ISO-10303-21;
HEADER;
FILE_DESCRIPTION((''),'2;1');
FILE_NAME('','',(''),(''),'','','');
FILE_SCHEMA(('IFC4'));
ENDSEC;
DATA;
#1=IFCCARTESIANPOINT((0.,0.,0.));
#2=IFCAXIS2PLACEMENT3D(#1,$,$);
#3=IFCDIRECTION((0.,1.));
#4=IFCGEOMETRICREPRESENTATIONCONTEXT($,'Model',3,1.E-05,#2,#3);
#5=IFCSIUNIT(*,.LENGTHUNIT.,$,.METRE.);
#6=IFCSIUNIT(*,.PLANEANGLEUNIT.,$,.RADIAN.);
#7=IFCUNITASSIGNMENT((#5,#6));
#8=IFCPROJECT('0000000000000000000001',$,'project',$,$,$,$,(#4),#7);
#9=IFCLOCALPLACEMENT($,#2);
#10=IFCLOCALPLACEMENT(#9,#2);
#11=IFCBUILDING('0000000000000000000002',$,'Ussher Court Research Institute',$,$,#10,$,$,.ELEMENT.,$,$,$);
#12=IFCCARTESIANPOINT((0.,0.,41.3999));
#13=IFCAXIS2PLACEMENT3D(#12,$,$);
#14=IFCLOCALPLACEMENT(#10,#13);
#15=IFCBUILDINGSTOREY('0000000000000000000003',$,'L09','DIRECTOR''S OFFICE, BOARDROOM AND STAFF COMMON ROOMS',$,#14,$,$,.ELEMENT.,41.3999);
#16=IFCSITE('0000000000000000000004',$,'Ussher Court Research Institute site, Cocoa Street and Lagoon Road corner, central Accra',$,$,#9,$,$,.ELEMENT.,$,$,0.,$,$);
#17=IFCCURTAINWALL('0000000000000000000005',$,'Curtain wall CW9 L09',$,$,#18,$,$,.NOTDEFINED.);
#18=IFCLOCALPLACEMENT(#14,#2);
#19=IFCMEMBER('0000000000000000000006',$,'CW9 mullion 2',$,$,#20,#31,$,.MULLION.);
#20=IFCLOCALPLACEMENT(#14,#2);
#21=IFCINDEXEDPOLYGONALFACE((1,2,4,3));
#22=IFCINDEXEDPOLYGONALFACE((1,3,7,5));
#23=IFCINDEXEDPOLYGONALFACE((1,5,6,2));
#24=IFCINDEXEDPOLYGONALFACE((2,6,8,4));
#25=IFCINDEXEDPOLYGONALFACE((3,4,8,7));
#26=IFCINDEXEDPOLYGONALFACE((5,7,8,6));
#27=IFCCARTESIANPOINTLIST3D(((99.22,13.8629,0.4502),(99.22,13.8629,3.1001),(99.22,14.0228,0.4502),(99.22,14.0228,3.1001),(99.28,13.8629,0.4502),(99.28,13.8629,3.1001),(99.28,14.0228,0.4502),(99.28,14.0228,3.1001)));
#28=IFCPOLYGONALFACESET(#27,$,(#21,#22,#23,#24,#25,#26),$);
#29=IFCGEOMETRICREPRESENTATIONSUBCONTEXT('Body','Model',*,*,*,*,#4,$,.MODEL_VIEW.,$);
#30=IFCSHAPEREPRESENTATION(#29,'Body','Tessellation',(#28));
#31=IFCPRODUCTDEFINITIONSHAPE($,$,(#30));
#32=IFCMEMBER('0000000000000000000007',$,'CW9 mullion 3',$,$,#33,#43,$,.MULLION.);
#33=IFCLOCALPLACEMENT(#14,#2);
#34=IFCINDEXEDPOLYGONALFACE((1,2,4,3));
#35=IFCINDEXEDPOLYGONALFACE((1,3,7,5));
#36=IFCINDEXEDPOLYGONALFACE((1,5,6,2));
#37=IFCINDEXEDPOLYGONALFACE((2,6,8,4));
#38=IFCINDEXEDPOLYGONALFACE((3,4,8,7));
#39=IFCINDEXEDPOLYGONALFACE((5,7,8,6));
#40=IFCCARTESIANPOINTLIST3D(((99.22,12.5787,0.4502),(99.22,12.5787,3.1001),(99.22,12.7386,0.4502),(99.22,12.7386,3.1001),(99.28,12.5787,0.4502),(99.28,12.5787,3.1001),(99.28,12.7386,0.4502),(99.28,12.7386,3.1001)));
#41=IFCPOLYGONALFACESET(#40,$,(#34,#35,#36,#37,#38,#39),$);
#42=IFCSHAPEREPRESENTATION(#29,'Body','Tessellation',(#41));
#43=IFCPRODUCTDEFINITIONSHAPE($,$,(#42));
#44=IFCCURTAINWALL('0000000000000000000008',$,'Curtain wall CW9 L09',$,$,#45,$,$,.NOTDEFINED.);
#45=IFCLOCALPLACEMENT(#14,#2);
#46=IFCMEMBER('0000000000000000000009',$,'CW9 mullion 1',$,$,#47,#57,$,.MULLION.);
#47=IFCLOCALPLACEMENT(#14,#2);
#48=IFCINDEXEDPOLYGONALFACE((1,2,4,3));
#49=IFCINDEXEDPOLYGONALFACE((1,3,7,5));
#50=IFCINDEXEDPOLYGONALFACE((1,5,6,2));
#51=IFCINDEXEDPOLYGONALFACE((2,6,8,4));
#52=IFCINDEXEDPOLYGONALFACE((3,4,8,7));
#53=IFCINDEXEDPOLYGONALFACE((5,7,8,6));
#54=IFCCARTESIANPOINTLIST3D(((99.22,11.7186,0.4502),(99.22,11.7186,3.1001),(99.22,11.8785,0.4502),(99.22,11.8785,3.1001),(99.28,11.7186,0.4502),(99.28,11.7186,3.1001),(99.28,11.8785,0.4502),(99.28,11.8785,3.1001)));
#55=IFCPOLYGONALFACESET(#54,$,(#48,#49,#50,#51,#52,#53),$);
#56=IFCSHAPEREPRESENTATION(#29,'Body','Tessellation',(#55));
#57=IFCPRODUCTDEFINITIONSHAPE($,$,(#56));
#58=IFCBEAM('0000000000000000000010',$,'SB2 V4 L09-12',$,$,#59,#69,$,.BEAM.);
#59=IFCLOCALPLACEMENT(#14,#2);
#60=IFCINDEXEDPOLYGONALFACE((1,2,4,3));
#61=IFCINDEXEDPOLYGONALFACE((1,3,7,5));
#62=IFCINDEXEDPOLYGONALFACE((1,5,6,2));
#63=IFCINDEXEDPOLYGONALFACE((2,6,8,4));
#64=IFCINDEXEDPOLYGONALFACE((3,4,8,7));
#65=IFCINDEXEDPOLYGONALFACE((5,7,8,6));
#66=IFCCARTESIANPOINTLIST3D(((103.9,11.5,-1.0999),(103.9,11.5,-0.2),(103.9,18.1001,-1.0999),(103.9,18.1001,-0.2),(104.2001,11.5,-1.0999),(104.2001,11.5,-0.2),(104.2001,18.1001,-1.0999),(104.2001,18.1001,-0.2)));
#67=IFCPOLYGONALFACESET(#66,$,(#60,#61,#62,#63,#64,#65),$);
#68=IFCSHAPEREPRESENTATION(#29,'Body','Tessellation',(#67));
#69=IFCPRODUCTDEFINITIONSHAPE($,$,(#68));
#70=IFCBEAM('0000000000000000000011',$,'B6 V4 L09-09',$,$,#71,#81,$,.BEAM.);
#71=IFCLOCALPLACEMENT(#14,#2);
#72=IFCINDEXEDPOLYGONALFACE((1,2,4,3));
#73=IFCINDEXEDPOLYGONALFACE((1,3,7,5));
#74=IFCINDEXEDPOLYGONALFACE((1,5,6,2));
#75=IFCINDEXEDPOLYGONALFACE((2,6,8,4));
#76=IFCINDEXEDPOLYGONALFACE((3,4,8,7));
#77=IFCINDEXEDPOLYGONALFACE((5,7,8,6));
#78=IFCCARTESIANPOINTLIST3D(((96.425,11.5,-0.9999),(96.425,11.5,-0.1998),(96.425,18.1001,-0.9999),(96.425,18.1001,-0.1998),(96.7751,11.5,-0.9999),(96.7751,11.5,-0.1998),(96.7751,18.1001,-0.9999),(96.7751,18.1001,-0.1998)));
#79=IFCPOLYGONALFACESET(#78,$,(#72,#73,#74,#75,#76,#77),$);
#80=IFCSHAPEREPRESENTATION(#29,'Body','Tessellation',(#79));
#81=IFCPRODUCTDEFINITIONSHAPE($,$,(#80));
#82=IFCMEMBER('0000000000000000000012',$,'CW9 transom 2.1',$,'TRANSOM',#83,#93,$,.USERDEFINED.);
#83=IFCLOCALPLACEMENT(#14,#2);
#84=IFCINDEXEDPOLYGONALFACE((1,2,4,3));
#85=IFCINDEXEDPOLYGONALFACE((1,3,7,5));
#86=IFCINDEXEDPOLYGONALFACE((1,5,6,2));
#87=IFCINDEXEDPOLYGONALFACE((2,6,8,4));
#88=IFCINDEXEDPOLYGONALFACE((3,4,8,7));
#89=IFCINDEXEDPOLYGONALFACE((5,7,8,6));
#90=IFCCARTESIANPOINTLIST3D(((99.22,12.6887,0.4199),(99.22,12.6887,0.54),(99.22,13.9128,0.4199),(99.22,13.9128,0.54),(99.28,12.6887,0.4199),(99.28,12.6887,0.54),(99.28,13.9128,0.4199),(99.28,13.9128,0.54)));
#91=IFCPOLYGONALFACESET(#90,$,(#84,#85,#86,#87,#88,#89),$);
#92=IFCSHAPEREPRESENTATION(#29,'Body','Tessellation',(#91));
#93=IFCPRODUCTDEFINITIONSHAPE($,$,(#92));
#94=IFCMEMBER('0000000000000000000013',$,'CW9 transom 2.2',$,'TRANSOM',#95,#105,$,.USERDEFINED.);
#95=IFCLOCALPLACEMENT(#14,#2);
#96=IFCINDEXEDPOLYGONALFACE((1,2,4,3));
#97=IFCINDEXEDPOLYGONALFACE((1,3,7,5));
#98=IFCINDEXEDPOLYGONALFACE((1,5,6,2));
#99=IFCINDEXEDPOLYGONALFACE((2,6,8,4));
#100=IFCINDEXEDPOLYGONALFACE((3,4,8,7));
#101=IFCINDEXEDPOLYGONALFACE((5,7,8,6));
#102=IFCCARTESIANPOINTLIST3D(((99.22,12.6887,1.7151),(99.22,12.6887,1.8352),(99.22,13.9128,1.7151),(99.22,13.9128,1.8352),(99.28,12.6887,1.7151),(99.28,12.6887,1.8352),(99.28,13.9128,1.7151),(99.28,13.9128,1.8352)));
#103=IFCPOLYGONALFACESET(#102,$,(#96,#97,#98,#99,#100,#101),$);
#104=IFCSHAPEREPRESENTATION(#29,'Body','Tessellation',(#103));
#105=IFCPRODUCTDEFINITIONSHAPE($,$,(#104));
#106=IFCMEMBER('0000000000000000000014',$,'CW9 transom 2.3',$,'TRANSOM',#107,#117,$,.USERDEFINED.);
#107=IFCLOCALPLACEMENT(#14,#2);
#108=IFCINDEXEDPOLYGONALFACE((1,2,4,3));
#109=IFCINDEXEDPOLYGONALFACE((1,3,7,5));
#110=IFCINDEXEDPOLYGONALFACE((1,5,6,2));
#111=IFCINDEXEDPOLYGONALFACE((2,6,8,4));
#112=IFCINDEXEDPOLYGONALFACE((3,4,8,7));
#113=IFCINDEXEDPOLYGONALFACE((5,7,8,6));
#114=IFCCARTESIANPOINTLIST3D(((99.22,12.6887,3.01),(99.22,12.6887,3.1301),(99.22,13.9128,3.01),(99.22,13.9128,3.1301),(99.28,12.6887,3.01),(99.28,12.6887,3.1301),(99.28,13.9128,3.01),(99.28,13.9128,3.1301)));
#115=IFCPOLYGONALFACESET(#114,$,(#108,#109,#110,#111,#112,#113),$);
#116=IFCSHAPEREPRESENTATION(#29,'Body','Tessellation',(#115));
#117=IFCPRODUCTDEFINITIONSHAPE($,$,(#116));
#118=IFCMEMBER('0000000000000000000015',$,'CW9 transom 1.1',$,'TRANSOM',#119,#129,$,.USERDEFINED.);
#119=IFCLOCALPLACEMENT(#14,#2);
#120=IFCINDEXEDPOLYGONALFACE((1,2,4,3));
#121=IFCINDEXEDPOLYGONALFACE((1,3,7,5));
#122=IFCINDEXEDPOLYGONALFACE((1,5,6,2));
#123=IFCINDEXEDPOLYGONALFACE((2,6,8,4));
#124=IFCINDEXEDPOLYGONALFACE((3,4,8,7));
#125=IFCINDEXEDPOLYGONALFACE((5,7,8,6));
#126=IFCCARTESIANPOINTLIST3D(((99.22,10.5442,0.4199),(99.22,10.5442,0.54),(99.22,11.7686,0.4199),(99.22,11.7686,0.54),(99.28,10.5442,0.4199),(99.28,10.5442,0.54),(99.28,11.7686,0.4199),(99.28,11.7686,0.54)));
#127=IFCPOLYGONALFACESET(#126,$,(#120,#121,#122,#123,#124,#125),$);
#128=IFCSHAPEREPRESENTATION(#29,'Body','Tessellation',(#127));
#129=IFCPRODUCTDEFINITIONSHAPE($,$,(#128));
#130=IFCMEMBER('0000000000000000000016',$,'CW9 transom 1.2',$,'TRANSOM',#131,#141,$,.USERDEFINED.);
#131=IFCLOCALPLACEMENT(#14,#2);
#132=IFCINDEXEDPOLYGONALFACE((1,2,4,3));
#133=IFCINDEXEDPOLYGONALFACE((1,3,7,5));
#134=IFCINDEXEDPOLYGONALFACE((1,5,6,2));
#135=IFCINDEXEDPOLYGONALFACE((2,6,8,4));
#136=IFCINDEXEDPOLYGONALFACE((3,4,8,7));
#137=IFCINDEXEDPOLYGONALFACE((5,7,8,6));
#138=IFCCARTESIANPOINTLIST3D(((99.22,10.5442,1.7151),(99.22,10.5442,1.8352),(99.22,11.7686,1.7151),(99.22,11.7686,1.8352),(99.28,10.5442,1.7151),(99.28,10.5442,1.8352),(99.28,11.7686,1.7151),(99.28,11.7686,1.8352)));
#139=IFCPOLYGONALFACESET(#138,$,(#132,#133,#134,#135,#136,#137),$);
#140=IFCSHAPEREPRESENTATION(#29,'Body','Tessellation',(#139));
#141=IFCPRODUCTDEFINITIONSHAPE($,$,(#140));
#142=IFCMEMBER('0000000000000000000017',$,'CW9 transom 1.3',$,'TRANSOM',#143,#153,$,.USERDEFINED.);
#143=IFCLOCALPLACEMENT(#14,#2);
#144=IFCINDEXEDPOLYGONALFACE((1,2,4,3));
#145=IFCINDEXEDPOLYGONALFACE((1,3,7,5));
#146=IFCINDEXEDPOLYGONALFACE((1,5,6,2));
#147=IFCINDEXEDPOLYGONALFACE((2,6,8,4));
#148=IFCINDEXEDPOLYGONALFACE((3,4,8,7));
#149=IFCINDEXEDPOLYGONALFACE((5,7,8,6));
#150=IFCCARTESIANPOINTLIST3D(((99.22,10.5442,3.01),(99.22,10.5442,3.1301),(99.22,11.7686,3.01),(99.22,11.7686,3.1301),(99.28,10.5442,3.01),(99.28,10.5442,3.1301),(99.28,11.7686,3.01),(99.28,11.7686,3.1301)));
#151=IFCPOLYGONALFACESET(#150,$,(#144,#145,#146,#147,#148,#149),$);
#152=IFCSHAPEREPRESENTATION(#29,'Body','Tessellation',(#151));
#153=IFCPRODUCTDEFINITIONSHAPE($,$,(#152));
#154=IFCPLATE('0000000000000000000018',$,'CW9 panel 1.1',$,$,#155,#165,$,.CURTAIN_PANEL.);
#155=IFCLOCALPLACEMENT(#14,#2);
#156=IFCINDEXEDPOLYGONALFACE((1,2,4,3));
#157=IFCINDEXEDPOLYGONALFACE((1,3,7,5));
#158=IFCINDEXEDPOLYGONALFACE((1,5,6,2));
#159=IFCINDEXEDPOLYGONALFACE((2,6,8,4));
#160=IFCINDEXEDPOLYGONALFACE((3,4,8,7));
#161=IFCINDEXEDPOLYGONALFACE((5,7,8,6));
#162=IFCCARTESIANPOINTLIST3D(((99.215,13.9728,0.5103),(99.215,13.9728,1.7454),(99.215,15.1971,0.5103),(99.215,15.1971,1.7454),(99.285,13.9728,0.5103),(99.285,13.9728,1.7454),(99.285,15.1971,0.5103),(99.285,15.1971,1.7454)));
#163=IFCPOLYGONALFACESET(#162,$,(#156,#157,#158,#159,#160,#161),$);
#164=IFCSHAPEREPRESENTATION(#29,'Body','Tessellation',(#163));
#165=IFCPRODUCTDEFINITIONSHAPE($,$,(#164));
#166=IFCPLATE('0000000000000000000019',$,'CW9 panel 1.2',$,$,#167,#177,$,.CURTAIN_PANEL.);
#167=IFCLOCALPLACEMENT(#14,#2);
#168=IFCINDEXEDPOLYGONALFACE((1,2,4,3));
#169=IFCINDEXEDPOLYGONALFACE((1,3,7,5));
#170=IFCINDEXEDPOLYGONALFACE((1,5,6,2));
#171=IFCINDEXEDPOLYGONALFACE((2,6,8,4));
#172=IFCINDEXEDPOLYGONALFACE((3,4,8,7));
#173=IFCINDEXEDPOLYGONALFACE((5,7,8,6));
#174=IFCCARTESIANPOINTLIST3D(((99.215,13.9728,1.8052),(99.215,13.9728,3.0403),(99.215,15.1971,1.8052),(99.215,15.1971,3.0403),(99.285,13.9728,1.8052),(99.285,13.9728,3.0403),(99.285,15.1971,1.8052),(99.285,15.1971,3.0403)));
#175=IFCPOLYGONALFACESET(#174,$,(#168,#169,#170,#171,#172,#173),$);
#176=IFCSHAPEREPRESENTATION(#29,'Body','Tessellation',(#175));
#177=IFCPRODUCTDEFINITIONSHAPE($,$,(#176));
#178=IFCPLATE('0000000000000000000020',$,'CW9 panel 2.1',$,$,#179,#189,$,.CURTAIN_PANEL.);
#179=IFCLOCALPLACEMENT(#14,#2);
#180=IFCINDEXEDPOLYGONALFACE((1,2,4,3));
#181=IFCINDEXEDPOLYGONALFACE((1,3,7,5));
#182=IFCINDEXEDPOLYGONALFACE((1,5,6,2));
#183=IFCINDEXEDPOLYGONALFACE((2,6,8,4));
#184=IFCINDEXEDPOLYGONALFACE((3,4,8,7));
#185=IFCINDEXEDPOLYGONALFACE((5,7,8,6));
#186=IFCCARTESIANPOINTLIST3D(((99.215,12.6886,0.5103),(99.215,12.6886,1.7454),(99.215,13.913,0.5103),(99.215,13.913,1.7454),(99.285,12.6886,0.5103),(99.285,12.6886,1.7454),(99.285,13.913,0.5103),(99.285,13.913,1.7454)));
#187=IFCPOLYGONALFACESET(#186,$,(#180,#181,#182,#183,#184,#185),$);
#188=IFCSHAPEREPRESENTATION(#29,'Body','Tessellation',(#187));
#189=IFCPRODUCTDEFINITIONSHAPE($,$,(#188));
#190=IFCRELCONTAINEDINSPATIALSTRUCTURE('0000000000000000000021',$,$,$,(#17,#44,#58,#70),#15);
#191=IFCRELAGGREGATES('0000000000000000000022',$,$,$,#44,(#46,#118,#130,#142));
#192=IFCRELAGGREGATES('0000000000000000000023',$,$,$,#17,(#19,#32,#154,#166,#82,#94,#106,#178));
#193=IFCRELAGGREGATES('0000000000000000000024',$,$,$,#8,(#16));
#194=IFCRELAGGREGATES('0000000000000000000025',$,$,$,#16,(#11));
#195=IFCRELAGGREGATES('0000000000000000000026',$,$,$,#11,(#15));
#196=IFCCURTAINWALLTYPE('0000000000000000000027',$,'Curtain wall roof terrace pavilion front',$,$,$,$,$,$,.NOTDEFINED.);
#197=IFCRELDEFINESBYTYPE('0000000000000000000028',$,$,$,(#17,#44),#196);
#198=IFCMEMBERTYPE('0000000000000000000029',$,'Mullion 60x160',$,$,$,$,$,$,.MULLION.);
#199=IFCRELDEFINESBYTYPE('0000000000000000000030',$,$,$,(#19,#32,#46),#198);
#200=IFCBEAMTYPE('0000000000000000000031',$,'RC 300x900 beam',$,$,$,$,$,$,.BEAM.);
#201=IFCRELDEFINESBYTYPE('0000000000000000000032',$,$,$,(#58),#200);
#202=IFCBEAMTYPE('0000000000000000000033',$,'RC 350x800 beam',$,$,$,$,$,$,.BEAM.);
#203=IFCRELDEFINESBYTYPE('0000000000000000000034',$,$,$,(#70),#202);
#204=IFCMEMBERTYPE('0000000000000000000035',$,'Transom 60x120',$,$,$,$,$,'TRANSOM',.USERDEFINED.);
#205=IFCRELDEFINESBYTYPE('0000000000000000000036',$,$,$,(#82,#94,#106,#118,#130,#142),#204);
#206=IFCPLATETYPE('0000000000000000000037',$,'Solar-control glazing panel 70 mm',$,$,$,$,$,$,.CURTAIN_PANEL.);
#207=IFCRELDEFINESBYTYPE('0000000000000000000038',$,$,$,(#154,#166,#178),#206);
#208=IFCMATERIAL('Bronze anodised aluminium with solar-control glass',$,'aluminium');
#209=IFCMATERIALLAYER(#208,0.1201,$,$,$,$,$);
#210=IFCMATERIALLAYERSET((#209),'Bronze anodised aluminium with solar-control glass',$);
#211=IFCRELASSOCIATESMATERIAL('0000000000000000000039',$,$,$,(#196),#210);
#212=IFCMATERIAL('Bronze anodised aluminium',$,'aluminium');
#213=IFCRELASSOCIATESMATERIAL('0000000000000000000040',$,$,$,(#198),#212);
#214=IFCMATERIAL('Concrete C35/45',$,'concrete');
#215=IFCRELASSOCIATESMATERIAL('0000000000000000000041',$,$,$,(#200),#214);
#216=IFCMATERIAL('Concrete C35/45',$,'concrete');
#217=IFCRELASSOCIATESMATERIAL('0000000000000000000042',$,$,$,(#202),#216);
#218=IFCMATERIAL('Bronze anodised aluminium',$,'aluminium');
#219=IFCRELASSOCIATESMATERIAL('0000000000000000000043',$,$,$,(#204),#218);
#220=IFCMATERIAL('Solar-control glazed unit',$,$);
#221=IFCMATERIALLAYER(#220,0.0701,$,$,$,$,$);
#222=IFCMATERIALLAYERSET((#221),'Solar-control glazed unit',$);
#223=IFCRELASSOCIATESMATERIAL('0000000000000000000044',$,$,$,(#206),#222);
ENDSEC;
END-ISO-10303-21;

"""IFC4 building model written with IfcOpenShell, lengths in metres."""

from ifc_helpers import new_model, si_unit, direction, frame, origin, origin_2d, place, context, subcontext, project, spatial, rectangle, extrude, material, layer, layer_set, material_profile, profile_set, type_object, element, aggregate, save


model = new_model("IFC4")

# Units and contexts
model_context = context("Model", 3, precision=1e-05, world=origin(), true_north=direction((0.0, 1.0)))
body_context = subcontext(model_context, "Body", "Model", "MODEL_VIEW")
ifc_project = project(units=[si_unit("LENGTHUNIT", "METRE"), si_unit("PLANEANGLEUNIT", "RADIAN")], contexts=[model_context])

# Site, building, storey
site_placement = place(None, origin())
site = spatial("IfcSite", under=ifc_project, at=site_placement, Name="Ussher Court Research Institute site, Cocoa Street and Lagoon Road corner, central Accra", CompositionType="ELEMENT", RefElevation=0.0)
building_placement = place(site_placement, origin())
building = spatial("IfcBuilding", under=site, at=building_placement, Name="Ussher Court Research Institute", CompositionType="ELEMENT")
storey_placement = place(building_placement, frame((0.0, 0.0, 41.3999)))
storey = spatial("IfcBuildingStorey", under=building, at=storey_placement, Name="L09", Description="DIRECTOR'S OFFICE, BOARDROOM AND STAFF COMMON ROOMS", CompositionType="ELEMENT", Elevation=41.3999)

# Curtain wall, members
ifc_material_1 = material(Name="Bronze anodised aluminium with solar-control glass", Category="aluminium")
ifc_layer_1 = layer(ifc_material_1, 0.1201)
ifc_layer_set_1 = layer_set([ifc_layer_1], Name="Bronze anodised aluminium with solar-control glass")
curtain_wall_type = type_object("IfcCurtainWallType", Name="Curtain wall roof terrace pavilion front", PredefinedType="NOTDEFINED", material=ifc_layer_set_1)
curtain_wall_1_placement = place(storey_placement, origin())
curtain_wall_1 = element("IfcCurtainWall", 1, at=curtain_wall_1_placement, inside=storey, type_object=curtain_wall_type, Name="Curtain wall CW9 L09", PredefinedType="NOTDEFINED")
ifc_material_2 = material(Name="Bronze anodised aluminium", Category="aluminium")
ifc_material_profile_1 = material_profile(ifc_material_2, rectangle(XDim=0.0601, YDim=0.1599, at=origin_2d()), Name="Mullion 60x160")
ifc_profile_set_1 = profile_set([ifc_material_profile_1], Name="Bronze anodised aluminium")
member_type_1 = type_object("IfcMemberType", Name="Mullion 60x160", PredefinedType="MULLION", material=ifc_profile_set_1)
member_1_placement = place(storey_placement, frame((99.25, 13.9429, 0.4502), z_axis=(0.0, 0.0, 1.0), x_axis=(1.0, 0.0, 0.0)))
member_1 = element("IfcMember", 2, at=member_1_placement, type_object=member_type_1, Name="CW9 mullion 2", PredefinedType="MULLION", context=body_context, shape_type="SweptSolid", body=[
    extrude(rectangle(XDim=0.0601, YDim=0.1599, at=origin_2d()), origin(), (0.0, 0.0, 1.0), 2.6499),
])
member_2_placement = place(storey_placement, frame((99.25, 12.6587, 0.4502), z_axis=(0.0, 0.0, 1.0), x_axis=(1.0, 0.0, 0.0)))
member_2 = element("IfcMember", 3, at=member_2_placement, type_object=member_type_1, Name="CW9 mullion 3", PredefinedType="MULLION", context=body_context, shape_type="SweptSolid", body=[
    extrude(rectangle(XDim=0.0601, YDim=0.1599, at=origin_2d()), origin(), (0.0, 0.0, 1.0), 2.6499),
])

# Curtain wall, member
curtain_wall_2_placement = place(storey_placement, origin())
curtain_wall_2 = element("IfcCurtainWall", 4, at=curtain_wall_2_placement, inside=storey, type_object=curtain_wall_type, Name="Curtain wall CW9 L09", PredefinedType="NOTDEFINED")
member_3_placement = place(storey_placement, frame((99.25, 11.7986, 0.4502), z_axis=(0.0, 0.0, 1.0), x_axis=(1.0, 0.0, 0.0)))
member_3 = element("IfcMember", 5, at=member_3_placement, type_object=member_type_1, Name="CW9 mullion 1", PredefinedType="MULLION", context=body_context, shape_type="SweptSolid", body=[
    extrude(rectangle(XDim=0.0601, YDim=0.1599, at=origin_2d()), origin(), (0.0, 0.0, 1.0), 2.6499),
])

# Beams
ifc_material_3 = material(Name="Concrete C35/45", Category="concrete")
ifc_material_profile_2 = material_profile(ifc_material_3, rectangle(XDim=0.3, YDim=0.8999, at=origin_2d()), Name="RC 300x900")
ifc_profile_set_2 = profile_set([ifc_material_profile_2], Name="Concrete C35/45")
beam_type_1 = type_object("IfcBeamType", Name="RC 300x900 beam", PredefinedType="BEAM", material=ifc_profile_set_2)
beam_1_placement = place(storey_placement, frame((104.05, 11.5, -0.6499), z_axis=(0.0, 1.0, 0.0), x_axis=(-1.0, 0.0, 0.0)))
element("IfcBeam", 6, at=beam_1_placement, inside=storey, type_object=beam_type_1, Name="SB2 V4 L09-12", PredefinedType="BEAM", context=body_context, shape_type="SweptSolid", body=[
    extrude(rectangle(XDim=0.3, YDim=0.8999, at=origin_2d()), origin(), (0.0, 0.0, 1.0), 6.6001),
])
ifc_material_4 = material(Name="Concrete C35/45", Category="concrete")
ifc_material_profile_3 = material_profile(ifc_material_4, rectangle(XDim=0.3501, YDim=0.8, at=origin_2d()), Name="RC 350x800")
ifc_profile_set_3 = profile_set([ifc_material_profile_3], Name="Concrete C35/45")
beam_type_2 = type_object("IfcBeamType", Name="RC 350x800 beam", PredefinedType="BEAM", material=ifc_profile_set_3)
beam_2_placement = place(storey_placement, frame((96.6001, 11.5, -0.5999), z_axis=(0.0, 1.0, 0.0), x_axis=(-1.0, 0.0, 0.0)))
element("IfcBeam", 7, at=beam_2_placement, inside=storey, type_object=beam_type_2, Name="B6 V4 L09-09", PredefinedType="BEAM", context=body_context, shape_type="SweptSolid", body=[
    extrude(rectangle(XDim=0.3501, YDim=0.8, at=origin_2d()), origin(), (0.0, 0.0, 1.0), 6.6001),
])

# Members
ifc_material_5 = material(Name="Bronze anodised aluminium", Category="aluminium")
ifc_material_profile_4 = material_profile(ifc_material_5, rectangle(XDim=0.0601, YDim=0.1201, at=origin_2d()), Name="Transom 60x120")
ifc_profile_set_4 = profile_set([ifc_material_profile_4], Name="Bronze anodised aluminium")
member_type_2 = type_object("IfcMemberType", Name="Transom 60x120", ElementType="TRANSOM", PredefinedType="USERDEFINED", material=ifc_profile_set_4)
member_4_placement = place(storey_placement, frame((99.25, 13.9128, 0.48), z_axis=(0.0, -1.0, 0.0), x_axis=(1.0, 0.0, 0.0)))
member_4 = element("IfcMember", 8, at=member_4_placement, type_object=member_type_2, Name="CW9 transom 2.1", ObjectType="TRANSOM", PredefinedType="USERDEFINED", context=body_context, shape_type="SweptSolid", body=[
    extrude(rectangle(XDim=0.0601, YDim=0.1201, at=origin_2d()), origin(), (0.0, 0.0, 1.0), 1.2241),
])
member_5_placement = place(storey_placement, frame((99.25, 13.9128, 1.7751), z_axis=(0.0, -1.0, 0.0), x_axis=(1.0, 0.0, 0.0)))
member_5 = element("IfcMember", 9, at=member_5_placement, type_object=member_type_2, Name="CW9 transom 2.2", ObjectType="TRANSOM", PredefinedType="USERDEFINED", context=body_context, shape_type="SweptSolid", body=[
    extrude(rectangle(XDim=0.0601, YDim=0.1201, at=origin_2d()), origin(), (0.0, 0.0, 1.0), 1.2241),
])
member_6_placement = place(storey_placement, frame((99.25, 13.9128, 3.0701), z_axis=(0.0, -1.0, 0.0), x_axis=(1.0, 0.0, 0.0)))
member_6 = element("IfcMember", 10, at=member_6_placement, type_object=member_type_2, Name="CW9 transom 2.3", ObjectType="TRANSOM", PredefinedType="USERDEFINED", context=body_context, shape_type="SweptSolid", body=[
    extrude(rectangle(XDim=0.0601, YDim=0.1201, at=origin_2d()), origin(), (0.0, 0.0, 1.0), 1.2241),
])
member_7_placement = place(storey_placement, frame((99.25, 11.7686, 0.48), z_axis=(0.0, -1.0, 0.0), x_axis=(1.0, 0.0, 0.0)))
member_7 = element("IfcMember", 11, at=member_7_placement, type_object=member_type_2, Name="CW9 transom 1.1", ObjectType="TRANSOM", PredefinedType="USERDEFINED", context=body_context, shape_type="SweptSolid", body=[
    extrude(rectangle(XDim=0.0601, YDim=0.1201, at=origin_2d()), origin(), (0.0, 0.0, 1.0), 1.2244),
])
member_8_placement = place(storey_placement, frame((99.25, 11.7686, 1.7751), z_axis=(0.0, -1.0, 0.0), x_axis=(1.0, 0.0, 0.0)))
member_8 = element("IfcMember", 12, at=member_8_placement, type_object=member_type_2, Name="CW9 transom 1.2", ObjectType="TRANSOM", PredefinedType="USERDEFINED", context=body_context, shape_type="SweptSolid", body=[
    extrude(rectangle(XDim=0.0601, YDim=0.1201, at=origin_2d()), origin(), (0.0, 0.0, 1.0), 1.2244),
])
member_9_placement = place(storey_placement, frame((99.25, 11.7686, 3.0701), z_axis=(0.0, -1.0, 0.0), x_axis=(1.0, 0.0, 0.0)))
member_9 = element("IfcMember", 13, at=member_9_placement, type_object=member_type_2, Name="CW9 transom 1.3", ObjectType="TRANSOM", PredefinedType="USERDEFINED", context=body_context, shape_type="SweptSolid", body=[
    extrude(rectangle(XDim=0.0601, YDim=0.1201, at=origin_2d()), origin(), (0.0, 0.0, 1.0), 1.2244),
])
aggregate(curtain_wall_2, [member_3, member_7, member_8, member_9])

# Plates
ifc_material_6 = material(Name="Solar-control glazed unit")
ifc_layer_2 = layer(ifc_material_6, 0.0701)
ifc_layer_set_2 = layer_set([ifc_layer_2], Name="Solar-control glazed unit")
plate_type = type_object("IfcPlateType", Name="Solar-control glazing panel 70 mm", PredefinedType="CURTAIN_PANEL", material=ifc_layer_set_2)
plate_1_placement = place(storey_placement, frame((99.25, 14.585, 0.5103), z_axis=(0.0, 0.0, 1.0), x_axis=(0.0, -1.0, 0.0)))
plate_1 = element("IfcPlate", 14, at=plate_1_placement, type_object=plate_type, Name="CW9 panel 1.1", PredefinedType="CURTAIN_PANEL", context=body_context, shape_type="SweptSolid", body=[
    extrude(rectangle(XDim=1.2244, YDim=0.0701, at=origin_2d()), origin(), (0.0, 0.0, 1.0), 1.2351),
])
plate_2_placement = place(storey_placement, frame((99.25, 14.585, 1.8052), z_axis=(0.0, 0.0, 1.0), x_axis=(0.0, -1.0, 0.0)))
plate_2 = element("IfcPlate", 15, at=plate_2_placement, type_object=plate_type, Name="CW9 panel 1.2", PredefinedType="CURTAIN_PANEL", context=body_context, shape_type="SweptSolid", body=[
    extrude(rectangle(XDim=1.2244, YDim=0.0701, at=origin_2d()), origin(), (0.0, 0.0, 1.0), 1.2351),
])
plate_3_placement = place(storey_placement, frame((99.25, 13.3008, 0.5103), z_axis=(0.0, 0.0, 1.0), x_axis=(0.0, -1.0, 0.0)))
plate_3 = element("IfcPlate", 16, at=plate_3_placement, type_object=plate_type, Name="CW9 panel 2.1", PredefinedType="CURTAIN_PANEL", context=body_context, shape_type="SweptSolid", body=[
    extrude(rectangle(XDim=1.2244, YDim=0.0701, at=origin_2d()), origin(), (0.0, 0.0, 1.0), 1.2351),
])
aggregate(curtain_wall_1, [member_1, member_2, plate_1, plate_2, member_4, member_5, member_6, plate_3])

save(model, "model.ifc")
